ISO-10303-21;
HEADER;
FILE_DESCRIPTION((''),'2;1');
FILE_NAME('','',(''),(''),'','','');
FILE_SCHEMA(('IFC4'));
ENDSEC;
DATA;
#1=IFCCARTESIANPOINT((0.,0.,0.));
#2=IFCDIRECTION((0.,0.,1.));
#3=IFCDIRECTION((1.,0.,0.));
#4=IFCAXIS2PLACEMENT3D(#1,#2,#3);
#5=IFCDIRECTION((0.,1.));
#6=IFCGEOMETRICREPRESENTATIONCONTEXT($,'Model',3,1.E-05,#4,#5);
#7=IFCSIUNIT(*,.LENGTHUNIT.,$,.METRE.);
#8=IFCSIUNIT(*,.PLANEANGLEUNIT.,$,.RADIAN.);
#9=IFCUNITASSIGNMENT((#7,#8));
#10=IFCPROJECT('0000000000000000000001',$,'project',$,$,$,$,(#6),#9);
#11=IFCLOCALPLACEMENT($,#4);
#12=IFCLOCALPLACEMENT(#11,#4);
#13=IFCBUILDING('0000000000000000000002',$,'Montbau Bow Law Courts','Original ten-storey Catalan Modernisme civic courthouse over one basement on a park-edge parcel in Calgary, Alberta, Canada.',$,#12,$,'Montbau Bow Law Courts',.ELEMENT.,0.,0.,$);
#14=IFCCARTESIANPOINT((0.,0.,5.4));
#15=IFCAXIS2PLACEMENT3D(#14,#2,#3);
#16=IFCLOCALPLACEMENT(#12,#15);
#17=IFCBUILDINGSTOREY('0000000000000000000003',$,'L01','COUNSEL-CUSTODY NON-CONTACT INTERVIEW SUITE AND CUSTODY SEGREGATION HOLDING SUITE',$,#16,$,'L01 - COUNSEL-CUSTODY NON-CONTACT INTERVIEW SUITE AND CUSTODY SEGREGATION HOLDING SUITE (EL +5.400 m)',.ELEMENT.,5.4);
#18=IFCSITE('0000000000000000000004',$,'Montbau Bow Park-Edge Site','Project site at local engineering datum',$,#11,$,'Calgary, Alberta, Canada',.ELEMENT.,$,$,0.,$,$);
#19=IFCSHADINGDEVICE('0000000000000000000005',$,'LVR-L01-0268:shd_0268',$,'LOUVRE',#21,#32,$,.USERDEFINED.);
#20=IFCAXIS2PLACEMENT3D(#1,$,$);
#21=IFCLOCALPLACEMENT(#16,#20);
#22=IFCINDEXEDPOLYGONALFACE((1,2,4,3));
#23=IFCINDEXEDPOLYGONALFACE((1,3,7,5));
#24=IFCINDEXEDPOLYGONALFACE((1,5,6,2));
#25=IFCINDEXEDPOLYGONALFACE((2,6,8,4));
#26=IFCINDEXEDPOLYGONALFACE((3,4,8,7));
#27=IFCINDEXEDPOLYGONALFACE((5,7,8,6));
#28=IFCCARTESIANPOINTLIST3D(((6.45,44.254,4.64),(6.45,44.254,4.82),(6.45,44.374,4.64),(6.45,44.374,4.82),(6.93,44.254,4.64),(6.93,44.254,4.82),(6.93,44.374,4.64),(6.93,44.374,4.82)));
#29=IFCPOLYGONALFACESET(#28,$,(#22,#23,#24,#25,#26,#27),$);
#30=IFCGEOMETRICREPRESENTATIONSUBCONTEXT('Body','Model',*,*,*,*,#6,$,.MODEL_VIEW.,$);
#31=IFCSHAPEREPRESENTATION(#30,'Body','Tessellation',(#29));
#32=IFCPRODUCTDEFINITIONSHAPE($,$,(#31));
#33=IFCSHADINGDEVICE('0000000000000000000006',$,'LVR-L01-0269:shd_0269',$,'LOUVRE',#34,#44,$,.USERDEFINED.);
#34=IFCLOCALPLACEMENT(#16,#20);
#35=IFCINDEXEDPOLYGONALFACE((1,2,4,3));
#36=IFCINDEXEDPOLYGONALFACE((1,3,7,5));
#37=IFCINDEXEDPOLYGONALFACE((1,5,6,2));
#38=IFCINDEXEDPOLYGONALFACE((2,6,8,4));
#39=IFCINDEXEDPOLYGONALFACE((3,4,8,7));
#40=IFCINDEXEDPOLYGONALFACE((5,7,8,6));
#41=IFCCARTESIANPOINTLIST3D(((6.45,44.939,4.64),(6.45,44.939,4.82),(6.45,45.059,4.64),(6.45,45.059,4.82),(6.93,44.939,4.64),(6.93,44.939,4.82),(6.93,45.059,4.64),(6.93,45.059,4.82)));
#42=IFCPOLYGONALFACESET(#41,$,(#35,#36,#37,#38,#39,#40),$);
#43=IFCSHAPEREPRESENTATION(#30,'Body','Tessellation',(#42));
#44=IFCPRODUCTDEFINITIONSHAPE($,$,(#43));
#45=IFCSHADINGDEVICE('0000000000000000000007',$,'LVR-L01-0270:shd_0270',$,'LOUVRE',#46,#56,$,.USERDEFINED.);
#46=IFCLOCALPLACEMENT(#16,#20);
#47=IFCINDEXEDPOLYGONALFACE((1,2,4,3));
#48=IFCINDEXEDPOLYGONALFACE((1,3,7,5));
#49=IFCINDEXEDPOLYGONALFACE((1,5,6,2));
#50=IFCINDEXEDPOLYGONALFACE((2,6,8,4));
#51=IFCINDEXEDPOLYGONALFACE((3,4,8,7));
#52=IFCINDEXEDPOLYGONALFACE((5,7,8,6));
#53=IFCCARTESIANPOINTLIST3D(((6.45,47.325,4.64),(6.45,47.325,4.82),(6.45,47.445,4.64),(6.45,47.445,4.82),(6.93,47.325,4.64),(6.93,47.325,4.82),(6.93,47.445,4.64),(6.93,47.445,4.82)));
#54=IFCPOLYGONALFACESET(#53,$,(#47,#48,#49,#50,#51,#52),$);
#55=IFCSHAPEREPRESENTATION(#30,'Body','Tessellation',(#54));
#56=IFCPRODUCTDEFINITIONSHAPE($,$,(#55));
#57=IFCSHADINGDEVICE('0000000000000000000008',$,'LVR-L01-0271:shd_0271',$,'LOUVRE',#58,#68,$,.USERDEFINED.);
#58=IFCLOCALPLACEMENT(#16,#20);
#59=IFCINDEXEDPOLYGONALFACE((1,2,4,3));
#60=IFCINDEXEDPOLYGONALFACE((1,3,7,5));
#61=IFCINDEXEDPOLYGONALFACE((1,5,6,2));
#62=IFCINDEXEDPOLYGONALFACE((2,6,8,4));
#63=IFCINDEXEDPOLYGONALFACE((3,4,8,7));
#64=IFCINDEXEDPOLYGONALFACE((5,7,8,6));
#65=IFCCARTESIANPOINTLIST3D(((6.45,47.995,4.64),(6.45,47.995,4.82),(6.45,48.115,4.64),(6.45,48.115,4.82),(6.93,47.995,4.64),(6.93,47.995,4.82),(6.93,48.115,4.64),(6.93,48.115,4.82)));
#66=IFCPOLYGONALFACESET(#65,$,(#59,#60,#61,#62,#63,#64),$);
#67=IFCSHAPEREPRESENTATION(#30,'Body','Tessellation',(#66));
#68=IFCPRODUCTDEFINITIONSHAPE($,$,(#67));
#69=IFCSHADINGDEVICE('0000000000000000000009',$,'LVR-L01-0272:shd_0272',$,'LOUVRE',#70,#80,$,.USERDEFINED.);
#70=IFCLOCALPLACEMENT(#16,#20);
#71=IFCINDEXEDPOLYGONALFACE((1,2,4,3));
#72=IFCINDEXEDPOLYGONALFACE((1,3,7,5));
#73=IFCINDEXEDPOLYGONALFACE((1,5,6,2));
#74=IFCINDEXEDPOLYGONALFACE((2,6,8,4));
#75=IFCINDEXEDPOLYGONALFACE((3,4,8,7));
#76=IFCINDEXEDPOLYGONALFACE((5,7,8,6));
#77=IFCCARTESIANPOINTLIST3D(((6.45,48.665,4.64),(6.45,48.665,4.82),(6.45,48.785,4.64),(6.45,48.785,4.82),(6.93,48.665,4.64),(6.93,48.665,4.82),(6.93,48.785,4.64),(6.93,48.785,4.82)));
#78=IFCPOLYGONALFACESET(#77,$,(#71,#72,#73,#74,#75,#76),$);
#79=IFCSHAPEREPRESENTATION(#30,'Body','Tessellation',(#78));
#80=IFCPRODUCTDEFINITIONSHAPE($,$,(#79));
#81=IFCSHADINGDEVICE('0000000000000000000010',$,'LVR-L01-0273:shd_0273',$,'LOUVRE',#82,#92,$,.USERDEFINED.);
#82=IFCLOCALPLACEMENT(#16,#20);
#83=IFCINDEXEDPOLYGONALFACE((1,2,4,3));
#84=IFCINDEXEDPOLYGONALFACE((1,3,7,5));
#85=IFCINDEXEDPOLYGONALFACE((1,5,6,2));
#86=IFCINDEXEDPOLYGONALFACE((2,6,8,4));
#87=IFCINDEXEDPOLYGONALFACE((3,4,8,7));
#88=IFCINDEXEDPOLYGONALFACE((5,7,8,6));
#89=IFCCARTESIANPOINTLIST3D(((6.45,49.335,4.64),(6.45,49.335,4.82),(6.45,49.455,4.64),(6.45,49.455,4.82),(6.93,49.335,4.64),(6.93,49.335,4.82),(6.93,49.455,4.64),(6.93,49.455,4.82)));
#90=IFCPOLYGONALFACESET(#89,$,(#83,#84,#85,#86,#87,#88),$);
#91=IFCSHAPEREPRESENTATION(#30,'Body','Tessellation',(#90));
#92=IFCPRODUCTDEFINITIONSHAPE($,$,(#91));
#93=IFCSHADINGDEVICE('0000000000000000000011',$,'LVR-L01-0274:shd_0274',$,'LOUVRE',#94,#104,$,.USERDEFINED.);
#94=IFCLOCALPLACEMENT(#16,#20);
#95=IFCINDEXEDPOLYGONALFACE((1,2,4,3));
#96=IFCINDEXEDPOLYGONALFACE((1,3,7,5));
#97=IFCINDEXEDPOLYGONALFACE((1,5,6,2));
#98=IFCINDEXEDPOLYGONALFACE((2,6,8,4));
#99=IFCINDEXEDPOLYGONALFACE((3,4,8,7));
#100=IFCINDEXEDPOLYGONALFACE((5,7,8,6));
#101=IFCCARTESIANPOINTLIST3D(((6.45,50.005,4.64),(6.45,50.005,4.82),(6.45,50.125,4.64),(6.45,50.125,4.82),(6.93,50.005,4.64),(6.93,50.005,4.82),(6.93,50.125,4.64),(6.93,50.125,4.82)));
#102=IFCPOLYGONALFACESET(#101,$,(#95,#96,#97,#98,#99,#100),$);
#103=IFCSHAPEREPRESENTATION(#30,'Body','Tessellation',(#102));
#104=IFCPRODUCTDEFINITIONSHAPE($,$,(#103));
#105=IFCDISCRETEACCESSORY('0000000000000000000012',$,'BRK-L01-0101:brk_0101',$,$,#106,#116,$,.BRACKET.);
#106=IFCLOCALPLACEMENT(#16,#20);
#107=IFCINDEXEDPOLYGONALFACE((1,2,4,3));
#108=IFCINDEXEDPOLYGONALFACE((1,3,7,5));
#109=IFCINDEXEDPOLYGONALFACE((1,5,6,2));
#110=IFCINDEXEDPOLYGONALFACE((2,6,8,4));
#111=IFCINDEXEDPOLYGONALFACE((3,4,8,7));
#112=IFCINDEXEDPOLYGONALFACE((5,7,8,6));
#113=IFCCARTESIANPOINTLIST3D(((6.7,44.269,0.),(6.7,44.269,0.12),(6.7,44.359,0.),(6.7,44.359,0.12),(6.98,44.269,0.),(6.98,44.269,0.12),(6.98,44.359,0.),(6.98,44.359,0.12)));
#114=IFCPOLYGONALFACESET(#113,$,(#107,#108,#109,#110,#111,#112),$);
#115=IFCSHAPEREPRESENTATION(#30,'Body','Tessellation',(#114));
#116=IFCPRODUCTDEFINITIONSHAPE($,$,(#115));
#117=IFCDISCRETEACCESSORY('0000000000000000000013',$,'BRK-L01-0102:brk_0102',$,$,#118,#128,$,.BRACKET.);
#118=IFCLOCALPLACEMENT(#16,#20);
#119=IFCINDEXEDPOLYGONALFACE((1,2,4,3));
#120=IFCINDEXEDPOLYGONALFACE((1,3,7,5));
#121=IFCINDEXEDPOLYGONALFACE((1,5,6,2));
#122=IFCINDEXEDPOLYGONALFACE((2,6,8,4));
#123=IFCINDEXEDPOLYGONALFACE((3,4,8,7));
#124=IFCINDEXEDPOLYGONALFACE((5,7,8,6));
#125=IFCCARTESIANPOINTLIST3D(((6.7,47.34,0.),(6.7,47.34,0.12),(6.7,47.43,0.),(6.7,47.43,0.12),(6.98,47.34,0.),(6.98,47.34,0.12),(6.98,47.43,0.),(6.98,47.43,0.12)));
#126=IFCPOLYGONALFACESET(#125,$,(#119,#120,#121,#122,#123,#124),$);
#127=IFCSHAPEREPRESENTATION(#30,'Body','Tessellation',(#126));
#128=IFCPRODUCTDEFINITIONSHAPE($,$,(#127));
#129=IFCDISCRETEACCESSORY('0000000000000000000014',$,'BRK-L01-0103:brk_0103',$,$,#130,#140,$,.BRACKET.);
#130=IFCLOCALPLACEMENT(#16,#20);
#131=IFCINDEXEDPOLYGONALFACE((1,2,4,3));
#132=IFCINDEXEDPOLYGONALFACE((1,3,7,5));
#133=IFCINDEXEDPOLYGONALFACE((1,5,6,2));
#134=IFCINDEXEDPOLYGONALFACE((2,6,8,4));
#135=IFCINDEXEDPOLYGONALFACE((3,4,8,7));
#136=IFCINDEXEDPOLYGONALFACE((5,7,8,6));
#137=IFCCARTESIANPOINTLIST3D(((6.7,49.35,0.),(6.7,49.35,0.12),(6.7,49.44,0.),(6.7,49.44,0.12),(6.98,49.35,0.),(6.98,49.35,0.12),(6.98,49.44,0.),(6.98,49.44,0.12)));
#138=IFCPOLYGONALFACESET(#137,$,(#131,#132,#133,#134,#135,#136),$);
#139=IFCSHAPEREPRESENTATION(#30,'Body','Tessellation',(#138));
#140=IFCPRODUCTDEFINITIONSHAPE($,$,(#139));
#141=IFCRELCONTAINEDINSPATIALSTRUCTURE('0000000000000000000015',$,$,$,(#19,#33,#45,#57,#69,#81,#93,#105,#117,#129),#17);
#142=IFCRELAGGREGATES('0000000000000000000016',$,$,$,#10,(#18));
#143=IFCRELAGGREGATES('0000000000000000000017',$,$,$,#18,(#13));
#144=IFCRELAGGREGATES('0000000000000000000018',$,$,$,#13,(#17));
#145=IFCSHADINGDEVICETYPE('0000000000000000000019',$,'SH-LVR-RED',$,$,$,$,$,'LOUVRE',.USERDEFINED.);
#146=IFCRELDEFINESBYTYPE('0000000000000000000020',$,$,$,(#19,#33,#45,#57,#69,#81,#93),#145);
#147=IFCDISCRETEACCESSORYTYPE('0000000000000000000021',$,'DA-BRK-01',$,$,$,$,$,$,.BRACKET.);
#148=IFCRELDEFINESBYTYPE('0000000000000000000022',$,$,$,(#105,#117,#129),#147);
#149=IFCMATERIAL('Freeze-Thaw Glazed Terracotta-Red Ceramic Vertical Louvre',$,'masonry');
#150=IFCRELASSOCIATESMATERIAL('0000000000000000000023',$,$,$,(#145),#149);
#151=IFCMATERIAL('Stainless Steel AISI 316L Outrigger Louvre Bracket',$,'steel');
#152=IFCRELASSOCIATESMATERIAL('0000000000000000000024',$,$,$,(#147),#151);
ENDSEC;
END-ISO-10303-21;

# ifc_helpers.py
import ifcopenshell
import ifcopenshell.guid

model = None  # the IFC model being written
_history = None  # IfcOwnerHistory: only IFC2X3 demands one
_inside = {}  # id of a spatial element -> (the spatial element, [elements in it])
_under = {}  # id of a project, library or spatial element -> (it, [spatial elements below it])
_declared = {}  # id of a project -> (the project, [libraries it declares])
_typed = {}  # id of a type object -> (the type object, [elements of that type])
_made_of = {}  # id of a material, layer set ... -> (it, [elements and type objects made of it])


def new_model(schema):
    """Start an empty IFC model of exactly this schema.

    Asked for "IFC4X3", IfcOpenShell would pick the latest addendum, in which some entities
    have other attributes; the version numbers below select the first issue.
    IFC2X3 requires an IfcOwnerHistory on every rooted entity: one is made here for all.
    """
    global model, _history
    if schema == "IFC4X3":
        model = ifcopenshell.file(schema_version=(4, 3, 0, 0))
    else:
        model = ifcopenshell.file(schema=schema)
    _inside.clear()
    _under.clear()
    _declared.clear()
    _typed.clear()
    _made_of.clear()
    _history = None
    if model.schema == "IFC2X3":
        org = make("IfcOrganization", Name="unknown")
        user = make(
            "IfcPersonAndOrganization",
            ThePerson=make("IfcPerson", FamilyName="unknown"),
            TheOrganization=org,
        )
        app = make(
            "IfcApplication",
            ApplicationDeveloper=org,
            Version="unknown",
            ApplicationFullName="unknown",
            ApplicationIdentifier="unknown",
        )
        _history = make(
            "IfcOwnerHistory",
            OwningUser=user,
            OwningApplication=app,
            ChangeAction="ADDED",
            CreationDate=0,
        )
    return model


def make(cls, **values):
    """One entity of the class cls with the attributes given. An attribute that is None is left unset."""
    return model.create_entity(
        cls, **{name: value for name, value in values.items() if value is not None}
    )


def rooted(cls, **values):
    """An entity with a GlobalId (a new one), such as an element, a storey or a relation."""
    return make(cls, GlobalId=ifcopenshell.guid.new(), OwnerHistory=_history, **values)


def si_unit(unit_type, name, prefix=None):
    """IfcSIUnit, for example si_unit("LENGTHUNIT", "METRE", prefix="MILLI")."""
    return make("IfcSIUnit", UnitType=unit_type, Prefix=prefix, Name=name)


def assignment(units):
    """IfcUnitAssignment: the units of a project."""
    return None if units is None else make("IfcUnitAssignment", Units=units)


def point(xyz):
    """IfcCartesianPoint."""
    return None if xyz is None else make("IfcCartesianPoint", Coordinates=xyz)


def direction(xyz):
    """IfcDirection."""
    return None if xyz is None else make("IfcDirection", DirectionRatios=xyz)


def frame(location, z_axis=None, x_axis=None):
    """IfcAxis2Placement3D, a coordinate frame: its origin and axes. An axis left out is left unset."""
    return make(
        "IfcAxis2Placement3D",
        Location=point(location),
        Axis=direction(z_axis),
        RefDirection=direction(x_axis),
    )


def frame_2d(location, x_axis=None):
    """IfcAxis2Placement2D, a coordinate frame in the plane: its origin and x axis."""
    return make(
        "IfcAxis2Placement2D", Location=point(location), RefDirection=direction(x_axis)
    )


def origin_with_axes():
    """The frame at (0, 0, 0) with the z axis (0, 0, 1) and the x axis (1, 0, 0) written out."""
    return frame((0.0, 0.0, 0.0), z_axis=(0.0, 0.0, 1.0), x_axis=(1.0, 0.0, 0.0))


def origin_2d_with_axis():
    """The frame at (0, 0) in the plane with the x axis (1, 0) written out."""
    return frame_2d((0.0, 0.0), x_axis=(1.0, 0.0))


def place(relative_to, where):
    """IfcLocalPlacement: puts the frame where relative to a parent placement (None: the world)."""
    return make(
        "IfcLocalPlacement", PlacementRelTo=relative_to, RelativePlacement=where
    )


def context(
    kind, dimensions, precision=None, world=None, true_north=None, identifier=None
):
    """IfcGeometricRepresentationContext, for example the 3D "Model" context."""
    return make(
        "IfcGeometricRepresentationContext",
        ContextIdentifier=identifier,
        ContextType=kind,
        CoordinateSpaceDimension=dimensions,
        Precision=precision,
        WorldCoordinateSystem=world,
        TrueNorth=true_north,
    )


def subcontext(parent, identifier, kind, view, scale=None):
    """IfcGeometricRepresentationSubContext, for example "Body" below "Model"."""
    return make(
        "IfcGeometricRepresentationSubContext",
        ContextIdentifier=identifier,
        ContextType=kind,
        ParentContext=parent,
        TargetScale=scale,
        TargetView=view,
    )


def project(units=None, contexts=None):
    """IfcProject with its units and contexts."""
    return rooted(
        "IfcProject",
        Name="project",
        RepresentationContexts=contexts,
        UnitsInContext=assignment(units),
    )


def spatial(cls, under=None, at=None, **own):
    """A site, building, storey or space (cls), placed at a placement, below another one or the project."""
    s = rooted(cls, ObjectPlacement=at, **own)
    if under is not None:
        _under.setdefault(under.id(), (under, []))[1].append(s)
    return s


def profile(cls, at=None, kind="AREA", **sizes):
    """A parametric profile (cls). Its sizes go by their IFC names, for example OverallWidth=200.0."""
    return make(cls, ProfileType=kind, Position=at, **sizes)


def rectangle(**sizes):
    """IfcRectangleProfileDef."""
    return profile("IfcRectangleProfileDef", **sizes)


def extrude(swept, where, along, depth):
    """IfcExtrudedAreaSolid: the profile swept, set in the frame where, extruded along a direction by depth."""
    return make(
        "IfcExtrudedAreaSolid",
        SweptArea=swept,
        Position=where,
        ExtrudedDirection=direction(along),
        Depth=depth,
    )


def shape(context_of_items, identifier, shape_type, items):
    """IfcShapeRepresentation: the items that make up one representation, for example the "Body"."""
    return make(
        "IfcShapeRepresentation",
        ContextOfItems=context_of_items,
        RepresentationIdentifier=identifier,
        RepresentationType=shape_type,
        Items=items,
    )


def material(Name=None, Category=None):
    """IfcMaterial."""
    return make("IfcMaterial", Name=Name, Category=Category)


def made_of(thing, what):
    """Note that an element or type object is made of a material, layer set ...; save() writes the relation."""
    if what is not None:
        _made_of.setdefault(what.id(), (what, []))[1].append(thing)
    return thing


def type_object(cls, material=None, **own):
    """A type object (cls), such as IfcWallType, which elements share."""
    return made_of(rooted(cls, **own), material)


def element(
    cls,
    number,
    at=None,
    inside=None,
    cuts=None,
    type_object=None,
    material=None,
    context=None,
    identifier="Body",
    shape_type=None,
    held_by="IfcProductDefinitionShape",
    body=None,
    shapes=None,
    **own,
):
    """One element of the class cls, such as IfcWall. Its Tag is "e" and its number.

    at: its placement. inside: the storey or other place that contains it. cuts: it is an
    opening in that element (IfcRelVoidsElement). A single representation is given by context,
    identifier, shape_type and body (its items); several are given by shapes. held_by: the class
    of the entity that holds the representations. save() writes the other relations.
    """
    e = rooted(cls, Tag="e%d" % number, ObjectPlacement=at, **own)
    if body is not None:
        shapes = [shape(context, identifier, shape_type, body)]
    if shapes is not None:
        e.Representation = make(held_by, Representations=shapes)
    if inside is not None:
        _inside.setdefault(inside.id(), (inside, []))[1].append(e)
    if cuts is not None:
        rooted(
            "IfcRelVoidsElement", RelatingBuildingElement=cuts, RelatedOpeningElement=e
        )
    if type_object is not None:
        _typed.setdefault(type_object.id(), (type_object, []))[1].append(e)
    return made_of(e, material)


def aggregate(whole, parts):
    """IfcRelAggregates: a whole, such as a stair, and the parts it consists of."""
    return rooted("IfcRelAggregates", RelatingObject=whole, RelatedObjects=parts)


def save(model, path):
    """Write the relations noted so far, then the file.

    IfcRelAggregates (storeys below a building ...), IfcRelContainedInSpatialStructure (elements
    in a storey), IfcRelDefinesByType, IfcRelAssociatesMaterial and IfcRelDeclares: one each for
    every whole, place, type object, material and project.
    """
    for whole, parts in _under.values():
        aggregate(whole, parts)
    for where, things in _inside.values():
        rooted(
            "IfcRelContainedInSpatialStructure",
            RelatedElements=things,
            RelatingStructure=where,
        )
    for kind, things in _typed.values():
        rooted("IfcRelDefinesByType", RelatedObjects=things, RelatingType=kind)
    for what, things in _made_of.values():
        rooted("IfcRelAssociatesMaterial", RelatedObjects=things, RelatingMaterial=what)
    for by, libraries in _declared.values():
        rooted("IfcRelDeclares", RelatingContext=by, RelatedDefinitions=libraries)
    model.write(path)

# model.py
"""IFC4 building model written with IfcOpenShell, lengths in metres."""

from ifc_helpers import new_model, si_unit, direction, frame, origin_with_axes, origin_2d_with_axis, place, context, subcontext, project, spatial, rectangle, extrude, material, type_object, element, save


model = new_model("IFC4")

# Units and contexts
model_context = context("Model", 3, precision=1e-05, world=origin_with_axes(), true_north=direction((0.0, 1.0)))
body_context = subcontext(model_context, "Body", "Model", "MODEL_VIEW")
ifc_project = project(units=[si_unit("LENGTHUNIT", "METRE"), si_unit("PLANEANGLEUNIT", "RADIAN")], contexts=[model_context])

# Site, building, storey
site_placement = place(None, origin_with_axes())
site = spatial("IfcSite", under=ifc_project, at=site_placement, Name="Montbau Bow Park-Edge Site", Description="Project site at local engineering datum", LongName="Calgary, Alberta, Canada", CompositionType="ELEMENT", RefElevation=0.0)
building_placement = place(site_placement, origin_with_axes())
building = spatial("IfcBuilding", under=site, at=building_placement, Name="Montbau Bow Law Courts", Description="Original ten-storey Catalan Modernisme civic courthouse over one basement on a park-edge parcel in Calgary, Alberta, Canada.", LongName="Montbau Bow Law Courts", CompositionType="ELEMENT", ElevationOfRefHeight=0.0, ElevationOfTerrain=0.0)
storey_placement = place(building_placement, frame((0.0, 0.0, 5.4), z_axis=(0.0, 0.0, 1.0), x_axis=(1.0, 0.0, 0.0)))
storey = spatial("IfcBuildingStorey", under=building, at=storey_placement, Name="L01", Description="COUNSEL-CUSTODY NON-CONTACT INTERVIEW SUITE AND CUSTODY SEGREGATION HOLDING SUITE", LongName="L01 - COUNSEL-CUSTODY NON-CONTACT INTERVIEW SUITE AND CUSTODY SEGREGATION HOLDING SUITE (EL +5.400 m)", CompositionType="ELEMENT", Elevation=5.4)

# Shared definitions
ifc_material_1 = material(Name="Freeze-Thaw Glazed Terracotta-Red Ceramic Vertical Louvre", Category="masonry")

# Shading devices
shading_device_type = type_object("IfcShadingDeviceType", Name="SH-LVR-RED", ElementType="LOUVRE", PredefinedType="USERDEFINED", material=ifc_material_1)
for number, where, z_axis, x_axis, name in (
    (1, (6.69, 44.314, 10.04), (0.0, 0.0, 1.0), (-1.0, 0.0, 0.0), "LVR-L01-0268:shd_0268"),
    (2, (6.69, 44.999, 10.04), (0.0, 0.0, 1.0), (-1.0, 0.0, 0.0), "LVR-L01-0269:shd_0269"),
    (3, (6.69, 47.385, 10.04), (0.0, 0.0, 1.0), (-1.0, 0.0, 0.0), "LVR-L01-0270:shd_0270"),
    (4, (6.69, 48.055, 10.04), (0.0, 0.0, 1.0), (-1.0, 0.0, 0.0), "LVR-L01-0271:shd_0271"),
    (5, (6.69, 48.725, 10.04), (0.0, 0.0, 1.0), (-1.0, 0.0, 0.0), "LVR-L01-0272:shd_0272"),
    (6, (6.69, 49.395, 10.04), (0.0, 0.0, 1.0), (-1.0, 0.0, 0.0), "LVR-L01-0273:shd_0273"),
    (7, (6.69, 50.065, 10.04), (0.0, 0.0, 1.0), (-1.0, 0.0, 0.0), "LVR-L01-0274:shd_0274"),
):
    element("IfcShadingDevice", number, at=place(None, frame(where, z_axis=z_axis, x_axis=x_axis)), inside=storey, type_object=shading_device_type, Name=name, ObjectType="LOUVRE", PredefinedType="USERDEFINED", context=body_context, shape_type="SweptSolid", body=[
        extrude(rectangle(XDim=0.48, YDim=0.12, at=origin_2d_with_axis()), origin_with_axes(), (0.0, 0.0, 1.0), 0.18),
    ])

# Discrete accessories
ifc_material_2 = material(Name="Stainless Steel AISI 316L Outrigger Louvre Bracket", Category="steel")
discrete_accessory_type = type_object("IfcDiscreteAccessoryType", Name="DA-BRK-01", PredefinedType="BRACKET", material=ifc_material_2)
for number, where, z_axis, x_axis, name in (
    (8, (6.84, 44.314, 5.4), (0.0, 0.0, 1.0), (-1.0, 0.0, 0.0), "BRK-L01-0101:brk_0101"),
    (9, (6.84, 47.385, 5.4), (0.0, 0.0, 1.0), (-1.0, 0.0, 0.0), "BRK-L01-0102:brk_0102"),
    (10, (6.84, 49.395, 5.4), (0.0, 0.0, 1.0), (-1.0, 0.0, 0.0), "BRK-L01-0103:brk_0103"),
):
    element("IfcDiscreteAccessory", number, at=place(None, frame(where, z_axis=z_axis, x_axis=x_axis)), inside=storey, type_object=discrete_accessory_type, Name=name, PredefinedType="BRACKET", context=body_context, shape_type="SweptSolid", body=[
        extrude(rectangle(XDim=0.28, YDim=0.09, at=origin_2d_with_axis()), origin_with_axes(), (0.0, 0.0, 1.0), 0.12),
    ])

save(model, "model.ifc")
